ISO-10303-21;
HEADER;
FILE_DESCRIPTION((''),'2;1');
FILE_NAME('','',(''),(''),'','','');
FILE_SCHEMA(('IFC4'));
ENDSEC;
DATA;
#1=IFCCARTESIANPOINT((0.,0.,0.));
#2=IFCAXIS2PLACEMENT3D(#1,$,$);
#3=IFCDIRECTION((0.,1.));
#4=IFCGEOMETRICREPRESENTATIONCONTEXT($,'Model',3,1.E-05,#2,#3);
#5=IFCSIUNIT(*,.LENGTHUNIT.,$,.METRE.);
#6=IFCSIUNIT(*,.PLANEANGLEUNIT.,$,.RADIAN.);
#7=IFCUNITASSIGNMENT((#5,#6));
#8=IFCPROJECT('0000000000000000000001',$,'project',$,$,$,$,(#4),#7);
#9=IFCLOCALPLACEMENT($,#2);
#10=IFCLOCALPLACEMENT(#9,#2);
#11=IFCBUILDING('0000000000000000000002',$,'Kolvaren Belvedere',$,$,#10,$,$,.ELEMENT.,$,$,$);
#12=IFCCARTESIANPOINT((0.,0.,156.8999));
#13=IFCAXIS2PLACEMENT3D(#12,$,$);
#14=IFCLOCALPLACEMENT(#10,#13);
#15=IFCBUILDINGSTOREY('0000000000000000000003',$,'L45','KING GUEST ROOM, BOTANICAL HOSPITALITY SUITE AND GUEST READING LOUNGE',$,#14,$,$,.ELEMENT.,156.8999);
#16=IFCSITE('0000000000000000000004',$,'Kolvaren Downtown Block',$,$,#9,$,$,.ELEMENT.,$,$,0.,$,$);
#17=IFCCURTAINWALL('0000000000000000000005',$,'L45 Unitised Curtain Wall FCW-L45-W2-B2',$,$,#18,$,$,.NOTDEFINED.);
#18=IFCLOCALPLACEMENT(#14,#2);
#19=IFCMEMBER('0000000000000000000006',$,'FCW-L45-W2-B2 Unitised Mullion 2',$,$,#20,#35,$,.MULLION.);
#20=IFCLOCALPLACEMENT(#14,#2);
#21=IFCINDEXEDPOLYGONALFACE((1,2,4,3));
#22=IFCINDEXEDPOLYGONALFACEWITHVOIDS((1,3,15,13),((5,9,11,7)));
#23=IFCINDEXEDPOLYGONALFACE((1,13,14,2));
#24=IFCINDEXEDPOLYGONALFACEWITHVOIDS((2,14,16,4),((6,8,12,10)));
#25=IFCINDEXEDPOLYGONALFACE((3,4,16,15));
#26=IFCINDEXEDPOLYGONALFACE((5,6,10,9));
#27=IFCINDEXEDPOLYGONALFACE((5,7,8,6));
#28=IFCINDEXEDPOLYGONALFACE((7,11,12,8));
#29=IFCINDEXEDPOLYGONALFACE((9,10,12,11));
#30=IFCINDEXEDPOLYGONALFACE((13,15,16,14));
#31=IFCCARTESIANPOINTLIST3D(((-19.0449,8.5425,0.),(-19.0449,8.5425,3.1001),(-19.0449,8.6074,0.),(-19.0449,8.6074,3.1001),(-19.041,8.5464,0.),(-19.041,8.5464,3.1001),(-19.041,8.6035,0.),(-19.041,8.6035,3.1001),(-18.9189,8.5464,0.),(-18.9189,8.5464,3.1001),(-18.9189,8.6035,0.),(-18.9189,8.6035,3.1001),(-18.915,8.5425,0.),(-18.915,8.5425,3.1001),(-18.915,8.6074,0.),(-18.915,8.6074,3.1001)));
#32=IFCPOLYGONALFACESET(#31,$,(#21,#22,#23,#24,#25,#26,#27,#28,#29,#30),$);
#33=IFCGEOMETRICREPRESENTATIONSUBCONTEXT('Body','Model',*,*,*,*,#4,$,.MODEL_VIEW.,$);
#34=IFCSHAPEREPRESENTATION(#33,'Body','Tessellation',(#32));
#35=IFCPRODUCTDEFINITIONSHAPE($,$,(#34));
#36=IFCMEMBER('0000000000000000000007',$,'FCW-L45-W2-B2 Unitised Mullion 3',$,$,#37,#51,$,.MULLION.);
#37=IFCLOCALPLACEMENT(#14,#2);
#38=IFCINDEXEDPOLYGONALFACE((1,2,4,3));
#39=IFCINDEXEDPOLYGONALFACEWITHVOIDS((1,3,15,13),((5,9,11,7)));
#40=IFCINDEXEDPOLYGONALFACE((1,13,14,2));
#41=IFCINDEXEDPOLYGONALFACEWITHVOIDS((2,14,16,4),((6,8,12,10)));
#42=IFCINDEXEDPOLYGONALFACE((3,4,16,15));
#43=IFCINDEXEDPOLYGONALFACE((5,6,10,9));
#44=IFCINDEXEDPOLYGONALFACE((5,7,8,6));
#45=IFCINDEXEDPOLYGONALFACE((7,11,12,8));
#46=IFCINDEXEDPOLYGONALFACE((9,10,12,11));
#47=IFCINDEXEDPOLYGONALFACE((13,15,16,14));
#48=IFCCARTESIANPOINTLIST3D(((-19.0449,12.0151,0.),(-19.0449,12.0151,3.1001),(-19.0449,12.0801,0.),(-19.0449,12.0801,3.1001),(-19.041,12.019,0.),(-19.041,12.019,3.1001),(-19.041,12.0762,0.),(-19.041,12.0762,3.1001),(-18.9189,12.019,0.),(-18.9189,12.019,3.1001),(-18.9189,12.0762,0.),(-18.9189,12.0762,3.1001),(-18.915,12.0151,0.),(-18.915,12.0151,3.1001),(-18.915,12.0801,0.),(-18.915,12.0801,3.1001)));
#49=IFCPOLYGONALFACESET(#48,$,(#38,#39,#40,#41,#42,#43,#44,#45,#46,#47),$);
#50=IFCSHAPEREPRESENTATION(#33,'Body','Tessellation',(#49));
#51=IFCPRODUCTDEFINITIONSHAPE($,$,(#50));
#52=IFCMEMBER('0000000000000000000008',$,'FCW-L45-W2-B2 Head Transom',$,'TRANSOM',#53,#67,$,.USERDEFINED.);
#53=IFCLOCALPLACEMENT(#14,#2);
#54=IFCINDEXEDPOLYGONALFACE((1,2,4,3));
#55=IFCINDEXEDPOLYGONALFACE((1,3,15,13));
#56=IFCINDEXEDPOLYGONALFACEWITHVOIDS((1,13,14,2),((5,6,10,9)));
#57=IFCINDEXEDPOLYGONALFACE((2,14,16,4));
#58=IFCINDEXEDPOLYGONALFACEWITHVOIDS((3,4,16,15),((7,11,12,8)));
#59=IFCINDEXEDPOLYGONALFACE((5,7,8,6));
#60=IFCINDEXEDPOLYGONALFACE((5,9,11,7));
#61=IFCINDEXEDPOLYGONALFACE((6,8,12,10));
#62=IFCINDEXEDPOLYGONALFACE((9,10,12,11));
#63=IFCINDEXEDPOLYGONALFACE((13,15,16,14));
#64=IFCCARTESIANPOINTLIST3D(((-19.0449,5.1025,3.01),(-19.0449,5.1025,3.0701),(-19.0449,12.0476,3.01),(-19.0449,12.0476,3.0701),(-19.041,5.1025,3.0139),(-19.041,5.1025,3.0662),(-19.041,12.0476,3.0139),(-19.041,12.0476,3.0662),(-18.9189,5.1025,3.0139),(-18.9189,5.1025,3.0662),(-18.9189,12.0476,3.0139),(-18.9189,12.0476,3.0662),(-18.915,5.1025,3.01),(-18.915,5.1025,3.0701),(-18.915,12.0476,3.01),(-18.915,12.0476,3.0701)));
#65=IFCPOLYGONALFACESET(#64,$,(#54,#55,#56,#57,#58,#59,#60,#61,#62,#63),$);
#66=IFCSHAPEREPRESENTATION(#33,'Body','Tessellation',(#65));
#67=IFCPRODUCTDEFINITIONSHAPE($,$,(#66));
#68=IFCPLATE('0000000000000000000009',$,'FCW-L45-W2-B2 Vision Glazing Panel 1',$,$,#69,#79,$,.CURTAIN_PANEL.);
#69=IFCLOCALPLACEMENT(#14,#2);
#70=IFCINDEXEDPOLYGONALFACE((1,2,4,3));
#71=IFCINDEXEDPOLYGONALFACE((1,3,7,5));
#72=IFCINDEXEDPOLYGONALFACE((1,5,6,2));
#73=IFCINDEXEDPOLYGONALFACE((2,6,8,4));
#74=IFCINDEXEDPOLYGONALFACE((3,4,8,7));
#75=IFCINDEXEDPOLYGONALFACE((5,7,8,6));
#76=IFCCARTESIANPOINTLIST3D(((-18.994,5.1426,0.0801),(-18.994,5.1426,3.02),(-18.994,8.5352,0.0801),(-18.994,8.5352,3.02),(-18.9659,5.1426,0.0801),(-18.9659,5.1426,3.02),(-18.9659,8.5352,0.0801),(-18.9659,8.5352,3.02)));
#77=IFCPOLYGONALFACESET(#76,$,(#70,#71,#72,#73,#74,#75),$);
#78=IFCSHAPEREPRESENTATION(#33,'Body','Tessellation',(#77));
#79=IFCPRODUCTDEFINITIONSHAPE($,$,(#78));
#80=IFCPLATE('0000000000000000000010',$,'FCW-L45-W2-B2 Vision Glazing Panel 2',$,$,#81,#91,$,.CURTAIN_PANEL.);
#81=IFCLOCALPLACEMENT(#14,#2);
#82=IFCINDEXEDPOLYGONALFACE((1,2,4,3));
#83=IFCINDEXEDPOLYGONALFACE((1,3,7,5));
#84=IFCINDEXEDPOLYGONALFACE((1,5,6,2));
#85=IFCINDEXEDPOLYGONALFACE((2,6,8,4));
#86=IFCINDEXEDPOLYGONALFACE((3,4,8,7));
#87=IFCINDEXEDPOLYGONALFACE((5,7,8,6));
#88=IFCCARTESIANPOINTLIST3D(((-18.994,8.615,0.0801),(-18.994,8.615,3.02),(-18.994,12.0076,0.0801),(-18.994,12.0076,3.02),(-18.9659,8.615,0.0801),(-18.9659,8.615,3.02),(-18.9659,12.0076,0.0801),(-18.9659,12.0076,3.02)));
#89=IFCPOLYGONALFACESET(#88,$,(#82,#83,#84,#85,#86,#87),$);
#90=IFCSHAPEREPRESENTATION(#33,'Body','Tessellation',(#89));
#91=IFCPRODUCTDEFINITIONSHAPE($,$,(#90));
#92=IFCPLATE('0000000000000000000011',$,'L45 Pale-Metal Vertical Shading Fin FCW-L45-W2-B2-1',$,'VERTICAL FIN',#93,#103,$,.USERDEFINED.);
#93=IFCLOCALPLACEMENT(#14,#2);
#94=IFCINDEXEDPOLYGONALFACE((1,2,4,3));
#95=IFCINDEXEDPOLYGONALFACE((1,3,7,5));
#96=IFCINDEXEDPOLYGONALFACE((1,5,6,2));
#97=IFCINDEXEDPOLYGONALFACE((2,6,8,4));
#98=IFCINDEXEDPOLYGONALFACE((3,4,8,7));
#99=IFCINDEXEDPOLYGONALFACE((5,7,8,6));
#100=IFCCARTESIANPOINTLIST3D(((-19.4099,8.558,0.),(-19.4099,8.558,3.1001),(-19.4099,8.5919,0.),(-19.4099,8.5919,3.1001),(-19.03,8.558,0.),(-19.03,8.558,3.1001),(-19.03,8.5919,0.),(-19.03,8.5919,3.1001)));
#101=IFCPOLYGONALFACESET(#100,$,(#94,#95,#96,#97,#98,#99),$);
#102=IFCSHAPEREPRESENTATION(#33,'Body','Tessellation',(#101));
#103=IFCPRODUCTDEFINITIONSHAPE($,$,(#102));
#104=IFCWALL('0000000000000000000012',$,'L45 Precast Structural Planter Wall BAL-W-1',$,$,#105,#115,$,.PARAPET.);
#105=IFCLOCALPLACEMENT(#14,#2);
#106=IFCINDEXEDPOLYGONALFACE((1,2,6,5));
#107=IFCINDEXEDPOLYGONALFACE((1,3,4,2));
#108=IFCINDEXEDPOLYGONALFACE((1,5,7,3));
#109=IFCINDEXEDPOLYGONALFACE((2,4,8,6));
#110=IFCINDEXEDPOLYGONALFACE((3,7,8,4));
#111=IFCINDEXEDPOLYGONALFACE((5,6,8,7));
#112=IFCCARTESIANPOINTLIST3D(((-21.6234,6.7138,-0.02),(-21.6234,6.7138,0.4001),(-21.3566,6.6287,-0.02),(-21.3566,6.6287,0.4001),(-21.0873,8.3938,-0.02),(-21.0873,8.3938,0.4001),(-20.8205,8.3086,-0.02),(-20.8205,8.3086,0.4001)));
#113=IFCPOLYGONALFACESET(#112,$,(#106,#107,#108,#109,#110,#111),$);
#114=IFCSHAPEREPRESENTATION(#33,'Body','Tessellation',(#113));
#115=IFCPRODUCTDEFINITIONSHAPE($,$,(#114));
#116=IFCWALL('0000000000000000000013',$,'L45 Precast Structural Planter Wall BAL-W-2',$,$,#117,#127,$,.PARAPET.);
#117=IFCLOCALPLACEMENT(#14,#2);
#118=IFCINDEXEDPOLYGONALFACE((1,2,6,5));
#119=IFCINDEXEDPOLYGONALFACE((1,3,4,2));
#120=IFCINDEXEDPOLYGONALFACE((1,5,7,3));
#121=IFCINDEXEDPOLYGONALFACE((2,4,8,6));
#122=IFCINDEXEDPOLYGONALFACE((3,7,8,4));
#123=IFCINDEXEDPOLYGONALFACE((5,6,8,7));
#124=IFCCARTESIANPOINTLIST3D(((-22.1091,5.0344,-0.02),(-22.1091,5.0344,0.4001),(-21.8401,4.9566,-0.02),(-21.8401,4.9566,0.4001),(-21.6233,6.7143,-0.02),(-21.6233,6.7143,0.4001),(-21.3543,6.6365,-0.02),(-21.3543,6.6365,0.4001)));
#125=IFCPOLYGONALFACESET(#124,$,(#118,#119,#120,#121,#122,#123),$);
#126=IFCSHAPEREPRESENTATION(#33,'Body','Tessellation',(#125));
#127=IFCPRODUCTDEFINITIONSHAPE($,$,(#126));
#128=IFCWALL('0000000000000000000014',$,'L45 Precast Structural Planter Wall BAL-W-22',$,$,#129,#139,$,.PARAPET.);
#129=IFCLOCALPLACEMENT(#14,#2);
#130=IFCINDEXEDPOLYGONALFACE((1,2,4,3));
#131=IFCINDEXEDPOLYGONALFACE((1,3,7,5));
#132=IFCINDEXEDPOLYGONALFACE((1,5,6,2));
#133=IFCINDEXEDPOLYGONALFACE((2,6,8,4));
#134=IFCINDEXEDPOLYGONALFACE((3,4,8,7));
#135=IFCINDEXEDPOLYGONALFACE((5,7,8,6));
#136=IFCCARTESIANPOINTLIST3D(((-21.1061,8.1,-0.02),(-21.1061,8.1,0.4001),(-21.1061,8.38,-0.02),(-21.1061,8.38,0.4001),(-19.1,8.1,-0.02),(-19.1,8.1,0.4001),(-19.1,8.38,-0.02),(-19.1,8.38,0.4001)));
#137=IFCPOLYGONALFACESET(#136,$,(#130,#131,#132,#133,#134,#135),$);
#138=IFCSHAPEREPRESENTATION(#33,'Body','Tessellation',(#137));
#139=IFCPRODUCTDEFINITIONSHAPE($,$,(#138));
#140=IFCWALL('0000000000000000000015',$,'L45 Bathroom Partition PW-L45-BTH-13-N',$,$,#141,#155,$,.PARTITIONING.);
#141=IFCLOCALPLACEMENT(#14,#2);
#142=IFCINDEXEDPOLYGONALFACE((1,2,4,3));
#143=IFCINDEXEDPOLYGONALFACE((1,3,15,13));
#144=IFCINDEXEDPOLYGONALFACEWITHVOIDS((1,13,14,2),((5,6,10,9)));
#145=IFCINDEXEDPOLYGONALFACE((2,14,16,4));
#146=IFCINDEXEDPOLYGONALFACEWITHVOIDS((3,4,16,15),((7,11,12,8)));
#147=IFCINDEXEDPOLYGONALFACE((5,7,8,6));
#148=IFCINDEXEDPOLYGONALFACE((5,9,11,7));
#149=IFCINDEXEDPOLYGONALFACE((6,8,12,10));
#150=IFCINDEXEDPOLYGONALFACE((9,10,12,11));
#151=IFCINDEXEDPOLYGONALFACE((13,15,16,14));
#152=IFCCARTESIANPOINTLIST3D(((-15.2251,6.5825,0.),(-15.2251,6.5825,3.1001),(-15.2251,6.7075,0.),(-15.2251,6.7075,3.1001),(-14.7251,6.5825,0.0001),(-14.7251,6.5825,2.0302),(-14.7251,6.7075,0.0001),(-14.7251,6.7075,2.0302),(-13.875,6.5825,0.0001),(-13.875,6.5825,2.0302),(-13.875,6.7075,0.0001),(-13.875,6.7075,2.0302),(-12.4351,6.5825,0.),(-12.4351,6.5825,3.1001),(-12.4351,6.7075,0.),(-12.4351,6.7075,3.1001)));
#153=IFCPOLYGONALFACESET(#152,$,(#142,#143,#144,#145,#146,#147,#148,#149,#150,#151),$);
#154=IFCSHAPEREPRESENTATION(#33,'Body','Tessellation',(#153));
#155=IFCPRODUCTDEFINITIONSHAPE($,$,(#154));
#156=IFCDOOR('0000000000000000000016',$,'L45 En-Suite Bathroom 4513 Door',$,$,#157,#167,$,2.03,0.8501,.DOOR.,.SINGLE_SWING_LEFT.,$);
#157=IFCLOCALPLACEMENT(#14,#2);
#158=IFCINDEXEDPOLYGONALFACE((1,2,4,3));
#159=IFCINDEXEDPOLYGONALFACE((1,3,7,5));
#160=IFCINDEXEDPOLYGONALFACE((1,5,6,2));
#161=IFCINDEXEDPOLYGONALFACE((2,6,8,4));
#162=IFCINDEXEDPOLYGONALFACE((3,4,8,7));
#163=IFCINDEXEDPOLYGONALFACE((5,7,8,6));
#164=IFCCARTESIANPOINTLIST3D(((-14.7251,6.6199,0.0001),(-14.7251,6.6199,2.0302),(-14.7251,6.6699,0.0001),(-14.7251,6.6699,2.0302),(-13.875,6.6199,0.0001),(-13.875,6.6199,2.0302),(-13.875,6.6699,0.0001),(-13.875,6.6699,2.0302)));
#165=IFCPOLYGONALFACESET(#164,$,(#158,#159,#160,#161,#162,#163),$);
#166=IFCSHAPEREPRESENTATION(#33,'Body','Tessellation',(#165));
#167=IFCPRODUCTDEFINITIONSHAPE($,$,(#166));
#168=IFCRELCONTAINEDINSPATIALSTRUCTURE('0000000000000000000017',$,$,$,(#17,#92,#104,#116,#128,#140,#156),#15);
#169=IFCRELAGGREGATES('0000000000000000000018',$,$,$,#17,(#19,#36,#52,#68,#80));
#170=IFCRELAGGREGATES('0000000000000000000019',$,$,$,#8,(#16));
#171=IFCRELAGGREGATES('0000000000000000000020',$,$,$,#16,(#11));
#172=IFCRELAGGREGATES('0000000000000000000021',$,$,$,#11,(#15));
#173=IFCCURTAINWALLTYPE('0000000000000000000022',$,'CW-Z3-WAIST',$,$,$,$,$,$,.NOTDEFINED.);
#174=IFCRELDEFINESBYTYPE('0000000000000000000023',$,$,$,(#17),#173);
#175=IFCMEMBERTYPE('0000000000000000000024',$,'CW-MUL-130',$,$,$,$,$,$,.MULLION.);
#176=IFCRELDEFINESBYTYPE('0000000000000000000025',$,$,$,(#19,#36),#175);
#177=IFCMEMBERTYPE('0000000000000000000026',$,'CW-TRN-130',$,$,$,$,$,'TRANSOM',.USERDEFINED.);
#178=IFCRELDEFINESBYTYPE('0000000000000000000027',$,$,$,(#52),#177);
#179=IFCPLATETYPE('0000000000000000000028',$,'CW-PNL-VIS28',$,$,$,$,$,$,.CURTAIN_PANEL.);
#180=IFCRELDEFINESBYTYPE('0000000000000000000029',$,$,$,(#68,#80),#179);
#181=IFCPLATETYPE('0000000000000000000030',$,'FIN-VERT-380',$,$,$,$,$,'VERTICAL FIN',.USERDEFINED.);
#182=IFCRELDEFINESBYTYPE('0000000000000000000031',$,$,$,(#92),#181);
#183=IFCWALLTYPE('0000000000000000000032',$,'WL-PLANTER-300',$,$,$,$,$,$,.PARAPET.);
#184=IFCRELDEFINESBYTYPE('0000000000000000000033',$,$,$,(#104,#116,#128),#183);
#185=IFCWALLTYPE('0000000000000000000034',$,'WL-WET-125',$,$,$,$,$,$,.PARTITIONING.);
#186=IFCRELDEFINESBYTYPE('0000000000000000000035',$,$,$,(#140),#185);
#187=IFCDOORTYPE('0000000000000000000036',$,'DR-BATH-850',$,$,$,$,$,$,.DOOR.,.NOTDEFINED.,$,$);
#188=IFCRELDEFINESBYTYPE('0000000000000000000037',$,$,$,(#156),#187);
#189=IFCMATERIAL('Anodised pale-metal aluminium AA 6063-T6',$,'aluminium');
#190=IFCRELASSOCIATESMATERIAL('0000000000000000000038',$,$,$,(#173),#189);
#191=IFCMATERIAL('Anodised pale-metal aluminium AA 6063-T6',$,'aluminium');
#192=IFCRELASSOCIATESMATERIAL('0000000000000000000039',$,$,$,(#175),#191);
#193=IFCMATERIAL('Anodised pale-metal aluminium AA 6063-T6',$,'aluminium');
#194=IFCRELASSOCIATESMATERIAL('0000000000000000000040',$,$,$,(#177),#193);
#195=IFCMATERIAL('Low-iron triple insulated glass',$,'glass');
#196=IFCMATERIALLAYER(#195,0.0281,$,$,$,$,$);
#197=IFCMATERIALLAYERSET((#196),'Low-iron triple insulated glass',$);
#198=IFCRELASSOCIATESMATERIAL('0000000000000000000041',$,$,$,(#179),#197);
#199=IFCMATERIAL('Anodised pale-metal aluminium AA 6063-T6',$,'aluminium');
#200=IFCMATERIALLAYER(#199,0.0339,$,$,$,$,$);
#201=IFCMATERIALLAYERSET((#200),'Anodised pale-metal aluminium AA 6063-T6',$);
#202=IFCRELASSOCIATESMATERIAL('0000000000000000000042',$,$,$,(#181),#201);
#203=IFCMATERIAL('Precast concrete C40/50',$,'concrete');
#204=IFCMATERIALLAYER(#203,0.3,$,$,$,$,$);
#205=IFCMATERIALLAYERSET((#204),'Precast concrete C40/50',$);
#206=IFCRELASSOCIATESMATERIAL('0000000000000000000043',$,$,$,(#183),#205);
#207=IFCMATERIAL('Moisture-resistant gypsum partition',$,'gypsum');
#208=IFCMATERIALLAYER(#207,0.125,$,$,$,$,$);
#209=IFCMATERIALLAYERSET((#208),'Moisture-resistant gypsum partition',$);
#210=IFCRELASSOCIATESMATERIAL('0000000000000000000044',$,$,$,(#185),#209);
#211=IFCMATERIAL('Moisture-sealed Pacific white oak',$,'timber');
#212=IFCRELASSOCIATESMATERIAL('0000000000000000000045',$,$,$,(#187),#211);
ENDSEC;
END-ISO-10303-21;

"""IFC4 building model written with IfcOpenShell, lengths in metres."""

from ifc_helpers import new_model, si_unit, direction, frame, frame_2d, origin, origin_2d, place, context, subcontext, project, spatial, rectangle, hollow_rectangle, extrude, material, layer, layer_set, material_profile, profile_set, type_object, element, fill, aggregate, save


model = new_model("IFC4")

# Units and contexts
model_context = context("Model", 3, precision=1e-05, world=origin(), true_north=direction((0.0, 1.0)))
body_context = subcontext(model_context, "Body", "Model", "MODEL_VIEW")
ifc_project = project(units=[si_unit("LENGTHUNIT", "METRE"), si_unit("PLANEANGLEUNIT", "RADIAN")], contexts=[model_context])

# Site, building, storey
site_placement = place(None, origin())
site = spatial("IfcSite", under=ifc_project, at=site_placement, Name="Kolvaren Downtown Block", CompositionType="ELEMENT", RefElevation=0.0)
building_placement = place(site_placement, origin())
building = spatial("IfcBuilding", under=site, at=building_placement, Name="Kolvaren Belvedere", CompositionType="ELEMENT")
storey_placement = place(building_placement, frame((0.0, 0.0, 156.8999)))
storey = spatial("IfcBuildingStorey", under=building, at=storey_placement, Name="L45", Description="KING GUEST ROOM, BOTANICAL HOSPITALITY SUITE AND GUEST READING LOUNGE", CompositionType="ELEMENT", Elevation=156.8999)

# Curtain wall, members, plates
ifc_material_1 = material(Name="Anodised pale-metal aluminium AA 6063-T6", Category="aluminium")
curtain_wall_type = type_object("IfcCurtainWallType", Name="CW-Z3-WAIST", PredefinedType="NOTDEFINED", material=ifc_material_1)
curtain_wall_placement = place(storey_placement, origin())
curtain_wall = element("IfcCurtainWall", 1, at=curtain_wall_placement, inside=storey, type_object=curtain_wall_type, Name="L45 Unitised Curtain Wall FCW-L45-W2-B2", PredefinedType="NOTDEFINED")
ifc_material_2 = material(Name="Anodised pale-metal aluminium AA 6063-T6", Category="aluminium")
ifc_material_profile_1 = material_profile(ifc_material_2, hollow_rectangle(XDim=0.0649, YDim=0.1299, WallThickness=0.0039, at=origin_2d()), Name="ALU-MUL-130X65")
ifc_profile_set_1 = profile_set([ifc_material_profile_1], Name="Anodised pale-metal aluminium AA 6063-T6")
member_type_1 = type_object("IfcMemberType", Name="CW-MUL-130", PredefinedType="MULLION", material=ifc_profile_set_1)
member_1_placement = place(storey_placement, frame((-18.98, 8.575, 0.0), z_axis=(0.0, 0.0, 1.0), x_axis=(0.0, 1.0, 0.0)))
member_1 = element("IfcMember", 2, at=member_1_placement, type_object=member_type_1, Name="FCW-L45-W2-B2 Unitised Mullion 2", PredefinedType="MULLION", context=body_context, shape_type="SweptSolid", body=[
    extrude(hollow_rectangle(XDim=0.0649, YDim=0.1299, WallThickness=0.0039, at=origin_2d()), origin(), (0.0, 0.0, 1.0), 3.1001),
])
member_2_placement = place(storey_placement, frame((-18.98, 12.0476, 0.0), z_axis=(0.0, 0.0, 1.0), x_axis=(0.0, 1.0, 0.0)))
member_2 = element("IfcMember", 3, at=member_2_placement, type_object=member_type_1, Name="FCW-L45-W2-B2 Unitised Mullion 3", PredefinedType="MULLION", context=body_context, shape_type="SweptSolid", body=[
    extrude(hollow_rectangle(XDim=0.0649, YDim=0.1299, WallThickness=0.0039, at=origin_2d()), origin(), (0.0, 0.0, 1.0), 3.1001),
])
ifc_material_3 = material(Name="Anodised pale-metal aluminium AA 6063-T6", Category="aluminium")
ifc_material_profile_2 = material_profile(ifc_material_3, hollow_rectangle(XDim=0.0601, YDim=0.1299, WallThickness=0.0039, at=origin_2d()), Name="ALU-TRN-130X60")
ifc_profile_set_2 = profile_set([ifc_material_profile_2], Name="Anodised pale-metal aluminium AA 6063-T6")
member_type_2 = type_object("IfcMemberType", Name="CW-TRN-130", ElementType="TRANSOM", PredefinedType="USERDEFINED", material=ifc_profile_set_2)
member_3_placement = place(storey_placement, frame((-18.98, 5.1025, 3.04), z_axis=(0.0, 1.0, 0.0), x_axis=(0.0, 0.0, 1.0)))
member_3 = element("IfcMember", 4, at=member_3_placement, type_object=member_type_2, Name="FCW-L45-W2-B2 Head Transom", ObjectType="TRANSOM", PredefinedType="USERDEFINED", context=body_context, shape_type="SweptSolid", body=[
    extrude(hollow_rectangle(XDim=0.0601, YDim=0.1299, WallThickness=0.0039, at=origin_2d()), origin(), (0.0, 0.0, 1.0), 6.9451),
])
ifc_material_4 = material(Name="Low-iron triple insulated glass", Category="glass")
ifc_layer_1 = layer(ifc_material_4, 0.0281)
ifc_layer_set_1 = layer_set([ifc_layer_1], Name="Low-iron triple insulated glass")
plate_type_1 = type_object("IfcPlateType", Name="CW-PNL-VIS28", PredefinedType="CURTAIN_PANEL", material=ifc_layer_set_1)
plate_1_placement = place(storey_placement, frame((-18.98, 6.8389, 0.0801), z_axis=(0.0, 0.0, 1.0), x_axis=(0.0, 1.0, 0.0)))
plate_1 = element("IfcPlate", 5, at=plate_1_placement, type_object=plate_type_1, Name="FCW-L45-W2-B2 Vision Glazing Panel 1", PredefinedType="CURTAIN_PANEL", context=body_context, shape_type="SweptSolid", body=[
    extrude(rectangle(XDim=3.3926, YDim=0.0281, at=origin_2d()), origin(), (0.0, 0.0, 1.0), 2.9399),
])
plate_2_placement = place(storey_placement, frame((-18.98, 10.3113, 0.0801), z_axis=(0.0, 0.0, 1.0), x_axis=(0.0, 1.0, 0.0)))
plate_2 = element("IfcPlate", 6, at=plate_2_placement, type_object=plate_type_1, Name="FCW-L45-W2-B2 Vision Glazing Panel 2", PredefinedType="CURTAIN_PANEL", context=body_context, shape_type="SweptSolid", body=[
    extrude(rectangle(XDim=3.3926, YDim=0.0281, at=origin_2d()), origin(), (0.0, 0.0, 1.0), 2.9399),
])
aggregate(curtain_wall, [member_1, member_2, member_3, plate_1, plate_2])

# Plate
ifc_material_5 = material(Name="Anodised pale-metal aluminium AA 6063-T6", Category="aluminium")
ifc_layer_2 = layer(ifc_material_5, 0.0339)
ifc_layer_set_2 = layer_set([ifc_layer_2], Name="Anodised pale-metal aluminium AA 6063-T6")
plate_type_2 = type_object("IfcPlateType", Name="FIN-VERT-380", ElementType="VERTICAL FIN", PredefinedType="USERDEFINED", material=ifc_layer_set_2)
plate_3_placement = place(storey_placement, frame((-19.22, 8.575, 0.0), z_axis=(0.0, 0.0, 1.0), x_axis=(1.0, 0.0, 0.0)))
element("IfcPlate", 7, at=plate_3_placement, inside=storey, type_object=plate_type_2, Name="L45 Pale-Metal Vertical Shading Fin FCW-L45-W2-B2-1", ObjectType="VERTICAL FIN", PredefinedType="USERDEFINED", context=body_context, shape_type="SweptSolid", body=[
    extrude(rectangle(XDim=0.3799, YDim=0.0339, at=origin_2d()), origin(), (0.0, 0.0, 1.0), 3.1001),
])

# Walls
ifc_material_6 = material(Name="Precast concrete C40/50", Category="concrete")
ifc_layer_3 = layer(ifc_material_6, 0.3)
ifc_layer_set_3 = layer_set([ifc_layer_3], Name="Precast concrete C40/50")
wall_type_1 = type_object("IfcWallType", Name="WL-PLANTER-300", PredefinedType="PARAPET", material=ifc_layer_set_3)
wall_1_placement = place(storey_placement, frame((-20.9539, 8.3513, -0.02), z_axis=(0.0, 0.0, 1.0), x_axis=(-0.304032, -0.952662, 0.0)))
element("IfcWall", 8, at=wall_1_placement, inside=storey, type_object=wall_type_1, Name="L45 Precast Structural Planter Wall BAL-W-1", PredefinedType="PARAPET", context=body_context, shape_type="SweptSolid", body=[
    extrude(rectangle(XDim=1.7634, YDim=0.28, at=frame_2d((0.8818, 0.0))), origin(), (0.0, 0.0, 1.0), 0.4202),
])
wall_2_placement = place(storey_placement, frame((-21.4888, 6.6755, -0.02), z_axis=(0.0, 0.0, 1.0), x_axis=(-0.277817, -0.960634, 0.0)))
element("IfcWall", 9, at=wall_2_placement, inside=storey, type_object=wall_type_1, Name="L45 Precast Structural Planter Wall BAL-W-2", PredefinedType="PARAPET", context=body_context, shape_type="SweptSolid", body=[
    extrude(rectangle(XDim=1.7488, YDim=0.28, at=frame_2d((0.8745, 0.0))), origin(), (0.0, 0.0, 1.0), 0.4202),
])
wall_3_placement = place(storey_placement, frame((-19.1001, 8.24, -0.02), z_axis=(0.0, 0.0, 1.0), x_axis=(-1.0, 0.0, 0.0)))
element("IfcWall", 10, at=wall_3_placement, inside=storey, type_object=wall_type_1, Name="L45 Precast Structural Planter Wall BAL-W-22", PredefinedType="PARAPET", context=body_context, shape_type="SweptSolid", body=[
    extrude(rectangle(XDim=2.0061, YDim=0.28, at=frame_2d((1.0029, 0.0))), origin(), (0.0, 0.0, 1.0), 0.4202),
])

# Wall, opening, door
ifc_material_7 = material(Name="Moisture-resistant gypsum partition", Category="gypsum")
ifc_layer_4 = layer(ifc_material_7, 0.125)
ifc_layer_set_4 = layer_set([ifc_layer_4], Name="Moisture-resistant gypsum partition")
wall_type_2 = type_object("IfcWallType", Name="WL-WET-125", PredefinedType="PARTITIONING", material=ifc_layer_set_4)
wall_4_placement = place(storey_placement, frame((-15.2251, 6.645, 0.0), z_axis=(0.0, 0.0, 1.0), x_axis=(1.0, 0.0, 0.0)))
wall_4 = element("IfcWall", 11, at=wall_4_placement, inside=storey, type_object=wall_type_2, Name="L45 Bathroom Partition PW-L45-BTH-13-N", PredefinedType="PARTITIONING", context=body_context, shape_type="SweptSolid", body=[
    extrude(rectangle(XDim=2.79, YDim=0.125, at=frame_2d((1.395, 0.0))), origin(), (0.0, 0.0, 1.0), 3.1001),
])
opening_placement = place(wall_4_placement, frame((0.5, 0.0, 0.0)))
opening = element("IfcOpeningElement", 12, at=opening_placement, cuts=wall_4, PredefinedType="OPENING", context=body_context, shape_type="SweptSolid", body=[
    extrude(rectangle(XDim=0.8501, YDim=2.03, at=frame_2d((0.425, 1.0151))), frame((0.0, 0.0725, 0.0), z_axis=(0.0, -1.0, 0.0), x_axis=(1.0, 0.0, 0.0)), (0.0, 0.0, 1.0), 0.145),
])
ifc_material_8 = material(Name="Moisture-sealed Pacific white oak", Category="timber")
door_type = type_object("IfcDoorType", Name="DR-BATH-850", OperationType="NOTDEFINED", PredefinedType="DOOR", material=ifc_material_8)
door_placement = place(opening_placement, origin())
door = element("IfcDoor", 13, at=door_placement, inside=storey, type_object=door_type, Name="L45 En-Suite Bathroom 4513 Door", OperationType="SINGLE_SWING_LEFT", OverallHeight=2.03, OverallWidth=0.8501, PredefinedType="DOOR", context=body_context, shape_type="SweptSolid", body=[
    extrude(rectangle(XDim=0.8501, YDim=2.03, at=frame_2d((0.425, 1.0151))), frame((0.0, 0.0249, 0.0), z_axis=(0.0, -1.0, 0.0), x_axis=(1.0, 0.0, 0.0)), (0.0, 0.0, 1.0), 0.05),
])
fill(opening, door)

save(model, "model.ifc")
